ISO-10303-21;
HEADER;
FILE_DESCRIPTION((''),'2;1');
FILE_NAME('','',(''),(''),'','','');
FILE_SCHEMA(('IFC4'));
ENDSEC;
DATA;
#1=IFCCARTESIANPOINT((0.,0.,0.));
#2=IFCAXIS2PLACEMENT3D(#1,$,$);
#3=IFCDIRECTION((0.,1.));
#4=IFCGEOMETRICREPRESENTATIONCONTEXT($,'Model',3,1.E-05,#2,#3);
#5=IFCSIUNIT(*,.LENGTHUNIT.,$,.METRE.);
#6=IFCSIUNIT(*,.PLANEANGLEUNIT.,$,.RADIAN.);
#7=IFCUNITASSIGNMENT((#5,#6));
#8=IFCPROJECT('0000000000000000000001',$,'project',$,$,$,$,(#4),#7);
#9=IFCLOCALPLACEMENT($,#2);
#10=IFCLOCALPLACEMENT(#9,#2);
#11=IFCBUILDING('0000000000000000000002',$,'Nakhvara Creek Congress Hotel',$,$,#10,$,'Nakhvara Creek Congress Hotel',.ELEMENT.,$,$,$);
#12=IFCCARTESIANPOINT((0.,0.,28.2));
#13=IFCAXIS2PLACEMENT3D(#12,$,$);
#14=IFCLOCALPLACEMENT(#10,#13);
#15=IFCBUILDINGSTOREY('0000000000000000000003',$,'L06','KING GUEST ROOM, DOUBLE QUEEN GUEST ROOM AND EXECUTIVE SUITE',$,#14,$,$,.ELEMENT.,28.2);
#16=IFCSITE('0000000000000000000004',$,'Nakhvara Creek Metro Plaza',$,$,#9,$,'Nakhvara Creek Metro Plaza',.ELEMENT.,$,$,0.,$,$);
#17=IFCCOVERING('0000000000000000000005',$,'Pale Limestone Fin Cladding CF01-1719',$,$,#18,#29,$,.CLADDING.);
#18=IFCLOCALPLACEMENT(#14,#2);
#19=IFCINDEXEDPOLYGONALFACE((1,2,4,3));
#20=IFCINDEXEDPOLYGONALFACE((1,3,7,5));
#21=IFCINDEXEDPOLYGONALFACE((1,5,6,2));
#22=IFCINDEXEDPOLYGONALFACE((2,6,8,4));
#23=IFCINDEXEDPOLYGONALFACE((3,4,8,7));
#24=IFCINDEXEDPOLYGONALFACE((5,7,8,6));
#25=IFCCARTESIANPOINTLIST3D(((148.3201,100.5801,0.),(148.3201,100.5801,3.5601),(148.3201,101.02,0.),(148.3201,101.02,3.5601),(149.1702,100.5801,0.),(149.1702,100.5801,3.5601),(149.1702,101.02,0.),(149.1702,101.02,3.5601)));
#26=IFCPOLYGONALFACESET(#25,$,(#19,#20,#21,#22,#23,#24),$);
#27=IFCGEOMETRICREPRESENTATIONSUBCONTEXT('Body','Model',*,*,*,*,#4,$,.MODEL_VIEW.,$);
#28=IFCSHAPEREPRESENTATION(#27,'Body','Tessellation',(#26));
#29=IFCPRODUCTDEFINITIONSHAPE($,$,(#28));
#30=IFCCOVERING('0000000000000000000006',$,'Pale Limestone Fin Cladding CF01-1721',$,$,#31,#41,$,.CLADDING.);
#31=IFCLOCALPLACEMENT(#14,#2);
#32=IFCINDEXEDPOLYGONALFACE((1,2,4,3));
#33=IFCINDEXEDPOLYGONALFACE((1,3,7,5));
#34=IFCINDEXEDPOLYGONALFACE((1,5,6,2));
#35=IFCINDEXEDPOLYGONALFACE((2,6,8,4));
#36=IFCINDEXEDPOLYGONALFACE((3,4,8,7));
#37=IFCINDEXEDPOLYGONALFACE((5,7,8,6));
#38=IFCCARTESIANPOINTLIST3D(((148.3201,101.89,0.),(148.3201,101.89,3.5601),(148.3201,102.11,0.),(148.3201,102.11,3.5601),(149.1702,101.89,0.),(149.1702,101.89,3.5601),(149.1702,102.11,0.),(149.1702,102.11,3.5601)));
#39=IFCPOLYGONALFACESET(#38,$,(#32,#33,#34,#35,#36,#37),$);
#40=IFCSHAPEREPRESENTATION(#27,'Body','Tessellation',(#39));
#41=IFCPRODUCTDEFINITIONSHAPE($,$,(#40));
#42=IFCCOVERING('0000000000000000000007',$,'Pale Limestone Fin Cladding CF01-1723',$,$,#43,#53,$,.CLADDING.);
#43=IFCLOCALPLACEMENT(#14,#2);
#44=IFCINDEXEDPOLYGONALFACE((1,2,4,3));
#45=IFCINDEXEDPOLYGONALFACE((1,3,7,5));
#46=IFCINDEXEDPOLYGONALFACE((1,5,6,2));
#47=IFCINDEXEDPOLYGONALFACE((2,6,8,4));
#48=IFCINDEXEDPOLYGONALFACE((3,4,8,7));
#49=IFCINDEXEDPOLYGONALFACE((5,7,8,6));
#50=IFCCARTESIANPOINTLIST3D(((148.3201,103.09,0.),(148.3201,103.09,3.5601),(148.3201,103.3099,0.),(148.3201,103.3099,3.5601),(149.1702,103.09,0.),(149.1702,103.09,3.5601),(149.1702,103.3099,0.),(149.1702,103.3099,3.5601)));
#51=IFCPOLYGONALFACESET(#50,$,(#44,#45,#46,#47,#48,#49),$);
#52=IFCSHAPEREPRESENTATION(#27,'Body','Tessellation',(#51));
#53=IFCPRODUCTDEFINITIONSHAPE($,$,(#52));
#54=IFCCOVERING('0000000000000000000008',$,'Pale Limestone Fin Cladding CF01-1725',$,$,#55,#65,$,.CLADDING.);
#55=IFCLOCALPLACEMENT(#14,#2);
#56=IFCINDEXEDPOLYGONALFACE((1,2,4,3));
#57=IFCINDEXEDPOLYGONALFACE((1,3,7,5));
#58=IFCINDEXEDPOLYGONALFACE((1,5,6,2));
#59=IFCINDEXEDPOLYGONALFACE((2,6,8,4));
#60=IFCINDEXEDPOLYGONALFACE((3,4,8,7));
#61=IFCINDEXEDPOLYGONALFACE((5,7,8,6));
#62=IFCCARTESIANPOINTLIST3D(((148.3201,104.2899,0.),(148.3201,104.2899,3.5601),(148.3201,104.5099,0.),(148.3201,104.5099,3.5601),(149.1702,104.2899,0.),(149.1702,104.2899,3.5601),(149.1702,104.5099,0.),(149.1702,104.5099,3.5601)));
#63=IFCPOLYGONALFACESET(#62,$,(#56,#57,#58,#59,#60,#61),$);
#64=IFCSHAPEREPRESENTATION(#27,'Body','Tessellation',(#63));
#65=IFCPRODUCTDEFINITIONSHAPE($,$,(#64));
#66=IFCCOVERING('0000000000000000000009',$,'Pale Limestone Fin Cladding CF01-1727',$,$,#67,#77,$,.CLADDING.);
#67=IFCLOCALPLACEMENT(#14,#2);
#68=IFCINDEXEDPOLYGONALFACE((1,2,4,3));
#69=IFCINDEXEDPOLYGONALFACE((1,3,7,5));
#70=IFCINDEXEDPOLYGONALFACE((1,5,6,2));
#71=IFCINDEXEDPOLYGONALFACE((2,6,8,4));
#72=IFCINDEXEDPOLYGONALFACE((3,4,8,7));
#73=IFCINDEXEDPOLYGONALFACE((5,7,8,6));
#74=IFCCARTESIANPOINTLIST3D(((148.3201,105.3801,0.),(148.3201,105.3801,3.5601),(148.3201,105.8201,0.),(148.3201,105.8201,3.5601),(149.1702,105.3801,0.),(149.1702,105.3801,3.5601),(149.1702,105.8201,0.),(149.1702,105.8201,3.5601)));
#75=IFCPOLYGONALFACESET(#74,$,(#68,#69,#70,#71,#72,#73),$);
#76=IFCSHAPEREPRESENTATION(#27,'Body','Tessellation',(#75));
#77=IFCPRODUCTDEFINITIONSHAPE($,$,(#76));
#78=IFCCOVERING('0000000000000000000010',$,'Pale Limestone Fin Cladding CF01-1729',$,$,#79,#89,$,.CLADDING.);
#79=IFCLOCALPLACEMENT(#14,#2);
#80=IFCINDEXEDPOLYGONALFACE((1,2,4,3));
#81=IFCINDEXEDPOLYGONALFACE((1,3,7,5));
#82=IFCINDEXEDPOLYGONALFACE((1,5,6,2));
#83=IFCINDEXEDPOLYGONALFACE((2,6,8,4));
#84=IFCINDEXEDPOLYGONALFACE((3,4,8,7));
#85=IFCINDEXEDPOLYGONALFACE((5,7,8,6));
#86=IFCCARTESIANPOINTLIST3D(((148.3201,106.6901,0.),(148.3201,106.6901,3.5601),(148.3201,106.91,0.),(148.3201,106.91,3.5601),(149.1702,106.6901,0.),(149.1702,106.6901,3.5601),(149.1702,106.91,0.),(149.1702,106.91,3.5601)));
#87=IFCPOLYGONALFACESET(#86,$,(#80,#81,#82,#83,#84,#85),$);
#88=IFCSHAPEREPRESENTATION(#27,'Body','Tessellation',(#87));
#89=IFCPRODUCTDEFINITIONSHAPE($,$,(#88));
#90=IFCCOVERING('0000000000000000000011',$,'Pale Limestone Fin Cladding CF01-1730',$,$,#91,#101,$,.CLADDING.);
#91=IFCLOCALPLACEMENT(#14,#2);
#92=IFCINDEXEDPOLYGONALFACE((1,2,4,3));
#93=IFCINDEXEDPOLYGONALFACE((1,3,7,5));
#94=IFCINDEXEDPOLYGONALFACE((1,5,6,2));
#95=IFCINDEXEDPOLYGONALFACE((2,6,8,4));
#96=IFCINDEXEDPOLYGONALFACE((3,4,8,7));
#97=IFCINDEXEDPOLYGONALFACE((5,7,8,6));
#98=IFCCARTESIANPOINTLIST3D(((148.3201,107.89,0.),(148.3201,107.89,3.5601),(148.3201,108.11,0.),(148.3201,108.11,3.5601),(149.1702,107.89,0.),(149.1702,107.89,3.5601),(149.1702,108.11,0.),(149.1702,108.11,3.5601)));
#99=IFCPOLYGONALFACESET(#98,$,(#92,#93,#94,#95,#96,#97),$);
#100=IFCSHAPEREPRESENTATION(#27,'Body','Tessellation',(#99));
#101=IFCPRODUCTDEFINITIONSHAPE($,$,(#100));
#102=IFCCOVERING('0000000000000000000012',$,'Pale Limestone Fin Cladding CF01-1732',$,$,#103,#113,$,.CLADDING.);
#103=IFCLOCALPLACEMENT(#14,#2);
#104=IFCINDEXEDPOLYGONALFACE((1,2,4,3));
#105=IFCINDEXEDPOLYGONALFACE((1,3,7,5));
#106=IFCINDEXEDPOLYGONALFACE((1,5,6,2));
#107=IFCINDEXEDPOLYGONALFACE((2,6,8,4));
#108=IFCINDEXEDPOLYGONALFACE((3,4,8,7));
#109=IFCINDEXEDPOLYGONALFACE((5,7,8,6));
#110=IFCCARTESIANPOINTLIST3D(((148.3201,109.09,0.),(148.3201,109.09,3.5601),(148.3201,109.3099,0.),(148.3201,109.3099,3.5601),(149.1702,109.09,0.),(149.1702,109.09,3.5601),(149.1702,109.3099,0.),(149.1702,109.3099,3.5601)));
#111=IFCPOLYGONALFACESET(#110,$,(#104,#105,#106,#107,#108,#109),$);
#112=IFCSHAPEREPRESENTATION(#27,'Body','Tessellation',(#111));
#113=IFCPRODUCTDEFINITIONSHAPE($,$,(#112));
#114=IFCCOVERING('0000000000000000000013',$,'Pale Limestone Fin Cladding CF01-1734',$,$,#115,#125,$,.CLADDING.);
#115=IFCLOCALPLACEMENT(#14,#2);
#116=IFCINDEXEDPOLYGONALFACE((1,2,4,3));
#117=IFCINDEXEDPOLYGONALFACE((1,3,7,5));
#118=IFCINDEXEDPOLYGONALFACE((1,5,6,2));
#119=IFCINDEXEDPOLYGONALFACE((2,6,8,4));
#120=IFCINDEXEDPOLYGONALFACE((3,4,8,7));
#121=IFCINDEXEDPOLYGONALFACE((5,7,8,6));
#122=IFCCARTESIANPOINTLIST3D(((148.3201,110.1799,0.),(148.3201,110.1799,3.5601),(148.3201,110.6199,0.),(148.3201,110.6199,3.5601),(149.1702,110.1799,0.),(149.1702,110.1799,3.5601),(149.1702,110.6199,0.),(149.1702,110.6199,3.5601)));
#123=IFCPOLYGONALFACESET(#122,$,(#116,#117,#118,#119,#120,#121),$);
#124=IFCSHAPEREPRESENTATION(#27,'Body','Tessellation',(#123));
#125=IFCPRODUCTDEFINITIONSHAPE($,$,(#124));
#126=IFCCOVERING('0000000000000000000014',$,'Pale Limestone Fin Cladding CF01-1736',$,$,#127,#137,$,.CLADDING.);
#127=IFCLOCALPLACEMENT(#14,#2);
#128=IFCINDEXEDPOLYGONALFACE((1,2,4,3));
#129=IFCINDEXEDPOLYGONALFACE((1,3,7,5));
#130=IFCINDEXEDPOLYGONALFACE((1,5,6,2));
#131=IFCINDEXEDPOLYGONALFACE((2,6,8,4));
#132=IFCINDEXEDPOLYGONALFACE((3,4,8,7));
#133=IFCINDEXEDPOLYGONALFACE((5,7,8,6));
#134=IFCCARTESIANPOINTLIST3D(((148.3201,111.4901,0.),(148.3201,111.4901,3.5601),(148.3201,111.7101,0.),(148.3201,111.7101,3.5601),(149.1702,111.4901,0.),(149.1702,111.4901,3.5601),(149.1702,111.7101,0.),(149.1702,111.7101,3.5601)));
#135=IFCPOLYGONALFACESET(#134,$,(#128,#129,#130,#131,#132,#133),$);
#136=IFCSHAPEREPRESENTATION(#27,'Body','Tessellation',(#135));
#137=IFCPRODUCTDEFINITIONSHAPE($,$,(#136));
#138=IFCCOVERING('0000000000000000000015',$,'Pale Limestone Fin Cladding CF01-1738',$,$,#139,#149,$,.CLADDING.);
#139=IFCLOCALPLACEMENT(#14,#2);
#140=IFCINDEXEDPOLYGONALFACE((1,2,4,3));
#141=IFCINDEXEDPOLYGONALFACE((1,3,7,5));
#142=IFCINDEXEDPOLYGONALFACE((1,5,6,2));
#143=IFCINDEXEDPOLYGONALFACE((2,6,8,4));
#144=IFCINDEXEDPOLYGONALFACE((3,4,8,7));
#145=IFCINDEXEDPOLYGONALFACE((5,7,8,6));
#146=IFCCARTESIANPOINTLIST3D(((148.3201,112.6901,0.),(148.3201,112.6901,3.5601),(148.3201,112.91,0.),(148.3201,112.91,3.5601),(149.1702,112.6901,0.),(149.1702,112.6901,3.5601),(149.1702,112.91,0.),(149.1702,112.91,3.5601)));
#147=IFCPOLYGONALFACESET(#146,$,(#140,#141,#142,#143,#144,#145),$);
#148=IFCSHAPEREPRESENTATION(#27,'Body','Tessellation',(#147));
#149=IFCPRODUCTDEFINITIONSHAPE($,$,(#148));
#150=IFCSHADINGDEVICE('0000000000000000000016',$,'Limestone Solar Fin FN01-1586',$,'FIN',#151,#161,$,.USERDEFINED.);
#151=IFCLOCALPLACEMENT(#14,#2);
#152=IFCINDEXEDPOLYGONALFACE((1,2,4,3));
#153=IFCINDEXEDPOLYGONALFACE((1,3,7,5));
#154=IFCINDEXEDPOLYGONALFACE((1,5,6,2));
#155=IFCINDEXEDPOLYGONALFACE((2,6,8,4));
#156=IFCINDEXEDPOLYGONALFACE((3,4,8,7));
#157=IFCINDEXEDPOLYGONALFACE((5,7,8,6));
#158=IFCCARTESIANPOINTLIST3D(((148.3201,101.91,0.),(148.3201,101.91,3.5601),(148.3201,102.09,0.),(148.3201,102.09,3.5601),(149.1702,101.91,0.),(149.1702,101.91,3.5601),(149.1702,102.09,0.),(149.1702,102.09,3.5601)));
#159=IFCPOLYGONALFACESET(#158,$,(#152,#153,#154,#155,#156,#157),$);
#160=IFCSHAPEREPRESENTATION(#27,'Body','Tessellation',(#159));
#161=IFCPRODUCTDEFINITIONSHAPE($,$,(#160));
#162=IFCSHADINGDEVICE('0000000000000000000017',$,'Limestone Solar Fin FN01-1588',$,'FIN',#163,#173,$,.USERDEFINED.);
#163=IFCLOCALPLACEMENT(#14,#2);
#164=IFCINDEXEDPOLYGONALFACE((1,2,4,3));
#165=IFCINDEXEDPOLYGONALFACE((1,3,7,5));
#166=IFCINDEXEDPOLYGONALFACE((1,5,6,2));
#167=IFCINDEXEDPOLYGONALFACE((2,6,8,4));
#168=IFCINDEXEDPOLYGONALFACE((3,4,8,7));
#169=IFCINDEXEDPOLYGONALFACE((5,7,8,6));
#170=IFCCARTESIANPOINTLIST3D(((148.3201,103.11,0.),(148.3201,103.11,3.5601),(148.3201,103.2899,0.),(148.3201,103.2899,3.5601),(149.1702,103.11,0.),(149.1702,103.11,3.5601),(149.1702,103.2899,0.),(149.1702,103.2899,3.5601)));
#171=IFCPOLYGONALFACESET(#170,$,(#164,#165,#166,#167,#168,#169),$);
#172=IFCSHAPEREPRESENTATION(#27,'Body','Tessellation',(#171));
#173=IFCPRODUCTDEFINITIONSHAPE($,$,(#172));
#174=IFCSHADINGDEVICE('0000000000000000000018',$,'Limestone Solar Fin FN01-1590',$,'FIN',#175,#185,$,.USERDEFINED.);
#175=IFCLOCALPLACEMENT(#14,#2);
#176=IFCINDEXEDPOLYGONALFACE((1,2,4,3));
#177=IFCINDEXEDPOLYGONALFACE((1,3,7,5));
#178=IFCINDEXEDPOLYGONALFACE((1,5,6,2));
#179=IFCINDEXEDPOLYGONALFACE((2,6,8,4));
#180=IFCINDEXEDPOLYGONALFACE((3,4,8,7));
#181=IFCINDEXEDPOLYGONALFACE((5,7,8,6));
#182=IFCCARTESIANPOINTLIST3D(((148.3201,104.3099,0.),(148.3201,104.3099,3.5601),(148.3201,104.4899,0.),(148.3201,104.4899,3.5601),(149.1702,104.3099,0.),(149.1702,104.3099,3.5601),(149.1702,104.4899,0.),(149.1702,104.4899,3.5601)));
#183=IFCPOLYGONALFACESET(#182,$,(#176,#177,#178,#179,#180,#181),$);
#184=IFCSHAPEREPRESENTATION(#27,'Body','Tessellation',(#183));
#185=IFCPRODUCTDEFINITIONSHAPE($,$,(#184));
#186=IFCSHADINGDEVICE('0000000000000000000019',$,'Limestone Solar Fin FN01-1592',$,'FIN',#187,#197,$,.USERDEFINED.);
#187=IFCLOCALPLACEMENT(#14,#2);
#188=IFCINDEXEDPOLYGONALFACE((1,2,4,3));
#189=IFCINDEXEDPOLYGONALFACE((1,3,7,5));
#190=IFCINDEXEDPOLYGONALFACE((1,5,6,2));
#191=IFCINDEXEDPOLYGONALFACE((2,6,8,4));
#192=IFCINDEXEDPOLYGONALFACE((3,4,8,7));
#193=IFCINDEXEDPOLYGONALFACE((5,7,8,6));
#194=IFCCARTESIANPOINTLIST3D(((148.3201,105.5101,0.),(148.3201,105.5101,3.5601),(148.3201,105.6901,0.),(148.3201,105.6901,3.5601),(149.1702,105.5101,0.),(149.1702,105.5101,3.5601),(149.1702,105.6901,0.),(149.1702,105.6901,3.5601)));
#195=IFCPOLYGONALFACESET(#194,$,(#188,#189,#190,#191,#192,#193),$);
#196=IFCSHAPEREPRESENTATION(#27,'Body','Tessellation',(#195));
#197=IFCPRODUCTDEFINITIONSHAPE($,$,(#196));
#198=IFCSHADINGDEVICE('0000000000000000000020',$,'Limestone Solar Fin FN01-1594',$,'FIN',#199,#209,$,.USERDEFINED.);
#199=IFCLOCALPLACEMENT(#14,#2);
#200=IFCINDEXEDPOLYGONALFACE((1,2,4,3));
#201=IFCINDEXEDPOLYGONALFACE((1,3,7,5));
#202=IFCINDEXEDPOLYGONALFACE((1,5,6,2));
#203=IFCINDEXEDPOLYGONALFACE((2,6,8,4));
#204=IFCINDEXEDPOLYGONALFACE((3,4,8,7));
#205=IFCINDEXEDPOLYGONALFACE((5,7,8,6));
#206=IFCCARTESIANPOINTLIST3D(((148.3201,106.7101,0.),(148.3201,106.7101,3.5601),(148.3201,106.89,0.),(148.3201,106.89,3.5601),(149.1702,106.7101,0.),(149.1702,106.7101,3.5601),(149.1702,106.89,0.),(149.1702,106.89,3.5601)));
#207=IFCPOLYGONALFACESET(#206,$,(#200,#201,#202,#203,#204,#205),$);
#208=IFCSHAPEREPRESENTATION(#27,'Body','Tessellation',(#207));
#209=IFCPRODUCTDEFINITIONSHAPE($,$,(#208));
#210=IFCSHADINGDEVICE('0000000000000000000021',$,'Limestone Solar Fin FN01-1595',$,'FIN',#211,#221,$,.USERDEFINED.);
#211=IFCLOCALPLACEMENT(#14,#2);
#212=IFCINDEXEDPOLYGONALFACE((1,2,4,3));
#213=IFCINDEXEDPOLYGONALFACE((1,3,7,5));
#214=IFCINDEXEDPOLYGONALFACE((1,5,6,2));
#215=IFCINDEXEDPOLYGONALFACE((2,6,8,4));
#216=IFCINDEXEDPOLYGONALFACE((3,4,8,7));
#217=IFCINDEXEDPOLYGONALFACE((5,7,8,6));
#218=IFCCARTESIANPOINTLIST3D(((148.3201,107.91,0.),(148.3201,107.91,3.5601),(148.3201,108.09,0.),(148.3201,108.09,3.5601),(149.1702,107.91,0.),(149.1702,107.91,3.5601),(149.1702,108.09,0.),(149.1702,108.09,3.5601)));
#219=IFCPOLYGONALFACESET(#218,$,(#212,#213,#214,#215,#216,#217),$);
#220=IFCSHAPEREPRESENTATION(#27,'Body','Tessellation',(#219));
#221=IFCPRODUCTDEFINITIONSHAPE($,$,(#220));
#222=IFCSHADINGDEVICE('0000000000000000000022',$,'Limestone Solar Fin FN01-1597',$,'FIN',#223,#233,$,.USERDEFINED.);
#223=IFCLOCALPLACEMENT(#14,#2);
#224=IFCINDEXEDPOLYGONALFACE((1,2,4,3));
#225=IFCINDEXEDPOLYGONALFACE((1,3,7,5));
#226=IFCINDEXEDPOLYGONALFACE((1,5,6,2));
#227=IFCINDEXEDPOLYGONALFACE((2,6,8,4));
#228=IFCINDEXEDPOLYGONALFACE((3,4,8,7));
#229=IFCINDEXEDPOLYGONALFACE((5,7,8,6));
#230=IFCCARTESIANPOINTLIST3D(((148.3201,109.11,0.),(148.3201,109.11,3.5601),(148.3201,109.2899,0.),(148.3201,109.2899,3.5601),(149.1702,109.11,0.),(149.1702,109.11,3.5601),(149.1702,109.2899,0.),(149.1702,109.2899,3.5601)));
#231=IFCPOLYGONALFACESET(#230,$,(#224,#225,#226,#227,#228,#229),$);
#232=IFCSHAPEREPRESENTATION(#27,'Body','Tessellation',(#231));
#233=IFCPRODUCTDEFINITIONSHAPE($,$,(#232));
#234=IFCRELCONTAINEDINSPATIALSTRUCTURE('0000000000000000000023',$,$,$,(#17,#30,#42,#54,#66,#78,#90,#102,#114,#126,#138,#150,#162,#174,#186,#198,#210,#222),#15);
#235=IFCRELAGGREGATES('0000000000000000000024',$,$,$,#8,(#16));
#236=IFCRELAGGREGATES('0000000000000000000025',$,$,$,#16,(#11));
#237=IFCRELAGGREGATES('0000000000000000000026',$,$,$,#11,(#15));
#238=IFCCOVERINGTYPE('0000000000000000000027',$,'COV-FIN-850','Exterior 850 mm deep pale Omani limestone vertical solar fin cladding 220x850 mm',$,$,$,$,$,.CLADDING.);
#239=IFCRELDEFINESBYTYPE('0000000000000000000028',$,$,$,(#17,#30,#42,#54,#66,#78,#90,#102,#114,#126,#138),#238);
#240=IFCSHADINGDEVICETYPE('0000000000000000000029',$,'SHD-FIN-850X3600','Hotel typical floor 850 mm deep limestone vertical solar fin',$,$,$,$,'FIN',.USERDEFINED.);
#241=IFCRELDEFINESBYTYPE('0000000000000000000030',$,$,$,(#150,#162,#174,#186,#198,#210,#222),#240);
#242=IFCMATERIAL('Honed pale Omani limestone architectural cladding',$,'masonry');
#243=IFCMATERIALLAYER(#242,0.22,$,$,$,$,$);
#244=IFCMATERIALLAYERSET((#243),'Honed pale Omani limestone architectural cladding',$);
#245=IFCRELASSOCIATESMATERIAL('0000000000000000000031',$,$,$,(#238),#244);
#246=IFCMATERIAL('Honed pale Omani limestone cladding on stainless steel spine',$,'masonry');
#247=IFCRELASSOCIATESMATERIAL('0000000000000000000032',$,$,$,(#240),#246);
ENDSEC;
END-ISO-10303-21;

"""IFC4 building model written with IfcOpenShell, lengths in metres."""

from ifc_helpers import new_model, si_unit, direction, frame, origin, origin_2d, place, context, subcontext, project, spatial, rectangle, extrude, material, layer, layer_set, type_object, element, save


model = new_model("IFC4")

# Units and contexts
model_context = context("Model", 3, precision=1e-05, world=origin(), true_north=direction((0.0, 1.0)))
body_context = subcontext(model_context, "Body", "Model", "MODEL_VIEW")
ifc_project = project(units=[si_unit("LENGTHUNIT", "METRE"), si_unit("PLANEANGLEUNIT", "RADIAN")], contexts=[model_context])

# Site, building, storey
site_placement = place(None, origin())
site = spatial("IfcSite", under=ifc_project, at=site_placement, Name="Nakhvara Creek Metro Plaza", LongName="Nakhvara Creek Metro Plaza", CompositionType="ELEMENT", RefElevation=0.0)
building_placement = place(site_placement, origin())
building = spatial("IfcBuilding", under=site, at=building_placement, Name="Nakhvara Creek Congress Hotel", LongName="Nakhvara Creek Congress Hotel", CompositionType="ELEMENT")
storey_placement = place(building_placement, frame((0.0, 0.0, 28.2)))
storey = spatial("IfcBuildingStorey", under=building, at=storey_placement, Name="L06", Description="KING GUEST ROOM, DOUBLE QUEEN GUEST ROOM AND EXECUTIVE SUITE", CompositionType="ELEMENT", Elevation=28.2)

# Coverings
ifc_material_1 = material(Name="Honed pale Omani limestone architectural cladding", Category="masonry")
ifc_layer = layer(ifc_material_1, 0.22)
ifc_layer_set = layer_set([ifc_layer], Name="Honed pale Omani limestone architectural cladding")
covering_type = type_object("IfcCoveringType", Name="COV-FIN-850", Description="Exterior 850 mm deep pale Omani limestone vertical solar fin cladding 220x850 mm", PredefinedType="CLADDING", material=ifc_layer_set)
covering_1_placement = place(storey_placement, frame((148.7451, 100.8, 0.0), z_axis=(0.0, 0.0, 1.0), x_axis=(0.0, 1.0, 0.0)))
element("IfcCovering", 1, at=covering_1_placement, inside=storey, type_object=covering_type, Name="Pale Limestone Fin Cladding CF01-1719", PredefinedType="CLADDING", context=body_context, shape_type="SweptSolid", body=[
    extrude(rectangle(XDim=0.4399, YDim=0.8501, at=origin_2d()), origin(), (0.0, 0.0, 1.0), 3.5601),
])
for number, where, z_axis, x_axis, name in (
    (2, (148.7451, 102.0, 0.0), (0.0, 0.0, 1.0), (0.0, 1.0, 0.0), "Pale Limestone Fin Cladding CF01-1721"),
    (3, (148.7451, 103.2, 0.0), (0.0, 0.0, 1.0), (0.0, 1.0, 0.0), "Pale Limestone Fin Cladding CF01-1723"),
    (4, (148.7451, 104.3999, 0.0), (0.0, 0.0, 1.0), (0.0, 1.0, 0.0), "Pale Limestone Fin Cladding CF01-1725"),
):
    element("IfcCovering", number, at=place(storey_placement, frame(where, z_axis=z_axis, x_axis=x_axis)), inside=storey, type_object=covering_type, Name=name, PredefinedType="CLADDING", context=body_context, shape_type="SweptSolid", body=[
        extrude(rectangle(XDim=0.22, YDim=0.8501, at=origin_2d()), origin(), (0.0, 0.0, 1.0), 3.5601),
    ])
covering_2_placement = place(storey_placement, frame((148.7451, 105.6001, 0.0), z_axis=(0.0, 0.0, 1.0), x_axis=(0.0, 1.0, 0.0)))
element("IfcCovering", 5, at=covering_2_placement, inside=storey, type_object=covering_type, Name="Pale Limestone Fin Cladding CF01-1727", PredefinedType="CLADDING", context=body_context, shape_type="SweptSolid", body=[
    extrude(rectangle(XDim=0.4399, YDim=0.8501, at=origin_2d()), origin(), (0.0, 0.0, 1.0), 3.5601),
])
for number, where, z_axis, x_axis, name in (
    (6, (148.7451, 106.8, 0.0), (0.0, 0.0, 1.0), (0.0, 1.0, 0.0), "Pale Limestone Fin Cladding CF01-1729"),
    (7, (148.7451, 108.0, 0.0), (0.0, 0.0, 1.0), (0.0, 1.0, 0.0), "Pale Limestone Fin Cladding CF01-1730"),
    (8, (148.7451, 109.2, 0.0), (0.0, 0.0, 1.0), (0.0, 1.0, 0.0), "Pale Limestone Fin Cladding CF01-1732"),
):
    element("IfcCovering", number, at=place(storey_placement, frame(where, z_axis=z_axis, x_axis=x_axis)), inside=storey, type_object=covering_type, Name=name, PredefinedType="CLADDING", context=body_context, shape_type="SweptSolid", body=[
        extrude(rectangle(XDim=0.22, YDim=0.8501, at=origin_2d()), origin(), (0.0, 0.0, 1.0), 3.5601),
    ])
covering_3_placement = place(storey_placement, frame((148.7451, 110.3999, 0.0), z_axis=(0.0, 0.0, 1.0), x_axis=(0.0, 1.0, 0.0)))
element("IfcCovering", 9, at=covering_3_placement, inside=storey, type_object=covering_type, Name="Pale Limestone Fin Cladding CF01-1734", PredefinedType="CLADDING", context=body_context, shape_type="SweptSolid", body=[
    extrude(rectangle(XDim=0.4399, YDim=0.8501, at=origin_2d()), origin(), (0.0, 0.0, 1.0), 3.5601),
])
for number, where, z_axis, x_axis, name in (
    (10, (148.7451, 111.6001, 0.0), (0.0, 0.0, 1.0), (0.0, 1.0, 0.0), "Pale Limestone Fin Cladding CF01-1736"),
    (11, (148.7451, 112.8, 0.0), (0.0, 0.0, 1.0), (0.0, 1.0, 0.0), "Pale Limestone Fin Cladding CF01-1738"),
):
    element("IfcCovering", number, at=place(storey_placement, frame(where, z_axis=z_axis, x_axis=x_axis)), inside=storey, type_object=covering_type, Name=name, PredefinedType="CLADDING", context=body_context, shape_type="SweptSolid", body=[
        extrude(rectangle(XDim=0.22, YDim=0.8501, at=origin_2d()), origin(), (0.0, 0.0, 1.0), 3.5601),
    ])

# Shading devices
ifc_material_2 = material(Name="Honed pale Omani limestone cladding on stainless steel spine", Category="masonry")
shading_device_type = type_object("IfcShadingDeviceType", Name="SHD-FIN-850X3600", Description="Hotel typical floor 850 mm deep limestone vertical solar fin", ElementType="FIN", PredefinedType="USERDEFINED", material=ifc_material_2)
for number, where, z_axis, x_axis, name in (
    (12, (148.7451, 102.0, 0.0), (0.0, 0.0, 1.0), (0.0, 1.0, 0.0), "Limestone Solar Fin FN01-1586"),
    (13, (148.7451, 103.2, 0.0), (0.0, 0.0, 1.0), (0.0, 1.0, 0.0), "Limestone Solar Fin FN01-1588"),
    (14, (148.7451, 104.3999, 0.0), (0.0, 0.0, 1.0), (0.0, 1.0, 0.0), "Limestone Solar Fin FN01-1590"),
    (15, (148.7451, 105.6001, 0.0), (0.0, 0.0, 1.0), (0.0, 1.0, 0.0), "Limestone Solar Fin FN01-1592"),
    (16, (148.7451, 106.8, 0.0), (0.0, 0.0, 1.0), (0.0, 1.0, 0.0), "Limestone Solar Fin FN01-1594"),
    (17, (148.7451, 108.0, 0.0), (0.0, 0.0, 1.0), (0.0, 1.0, 0.0), "Limestone Solar Fin FN01-1595"),
    (18, (148.7451, 109.2, 0.0), (0.0, 0.0, 1.0), (0.0, 1.0, 0.0), "Limestone Solar Fin FN01-1597"),
):
    element("IfcShadingDevice", number, at=place(storey_placement, frame(where, z_axis=z_axis, x_axis=x_axis)), inside=storey, type_object=shading_device_type, Name=name, ObjectType="FIN", PredefinedType="USERDEFINED", context=body_context, shape_type="SweptSolid", body=[
        extrude(rectangle(XDim=0.1799, YDim=0.8501, at=origin_2d()), origin(), (0.0, 0.0, 1.0), 3.5601),
    ])

save(model, "model.ifc")
